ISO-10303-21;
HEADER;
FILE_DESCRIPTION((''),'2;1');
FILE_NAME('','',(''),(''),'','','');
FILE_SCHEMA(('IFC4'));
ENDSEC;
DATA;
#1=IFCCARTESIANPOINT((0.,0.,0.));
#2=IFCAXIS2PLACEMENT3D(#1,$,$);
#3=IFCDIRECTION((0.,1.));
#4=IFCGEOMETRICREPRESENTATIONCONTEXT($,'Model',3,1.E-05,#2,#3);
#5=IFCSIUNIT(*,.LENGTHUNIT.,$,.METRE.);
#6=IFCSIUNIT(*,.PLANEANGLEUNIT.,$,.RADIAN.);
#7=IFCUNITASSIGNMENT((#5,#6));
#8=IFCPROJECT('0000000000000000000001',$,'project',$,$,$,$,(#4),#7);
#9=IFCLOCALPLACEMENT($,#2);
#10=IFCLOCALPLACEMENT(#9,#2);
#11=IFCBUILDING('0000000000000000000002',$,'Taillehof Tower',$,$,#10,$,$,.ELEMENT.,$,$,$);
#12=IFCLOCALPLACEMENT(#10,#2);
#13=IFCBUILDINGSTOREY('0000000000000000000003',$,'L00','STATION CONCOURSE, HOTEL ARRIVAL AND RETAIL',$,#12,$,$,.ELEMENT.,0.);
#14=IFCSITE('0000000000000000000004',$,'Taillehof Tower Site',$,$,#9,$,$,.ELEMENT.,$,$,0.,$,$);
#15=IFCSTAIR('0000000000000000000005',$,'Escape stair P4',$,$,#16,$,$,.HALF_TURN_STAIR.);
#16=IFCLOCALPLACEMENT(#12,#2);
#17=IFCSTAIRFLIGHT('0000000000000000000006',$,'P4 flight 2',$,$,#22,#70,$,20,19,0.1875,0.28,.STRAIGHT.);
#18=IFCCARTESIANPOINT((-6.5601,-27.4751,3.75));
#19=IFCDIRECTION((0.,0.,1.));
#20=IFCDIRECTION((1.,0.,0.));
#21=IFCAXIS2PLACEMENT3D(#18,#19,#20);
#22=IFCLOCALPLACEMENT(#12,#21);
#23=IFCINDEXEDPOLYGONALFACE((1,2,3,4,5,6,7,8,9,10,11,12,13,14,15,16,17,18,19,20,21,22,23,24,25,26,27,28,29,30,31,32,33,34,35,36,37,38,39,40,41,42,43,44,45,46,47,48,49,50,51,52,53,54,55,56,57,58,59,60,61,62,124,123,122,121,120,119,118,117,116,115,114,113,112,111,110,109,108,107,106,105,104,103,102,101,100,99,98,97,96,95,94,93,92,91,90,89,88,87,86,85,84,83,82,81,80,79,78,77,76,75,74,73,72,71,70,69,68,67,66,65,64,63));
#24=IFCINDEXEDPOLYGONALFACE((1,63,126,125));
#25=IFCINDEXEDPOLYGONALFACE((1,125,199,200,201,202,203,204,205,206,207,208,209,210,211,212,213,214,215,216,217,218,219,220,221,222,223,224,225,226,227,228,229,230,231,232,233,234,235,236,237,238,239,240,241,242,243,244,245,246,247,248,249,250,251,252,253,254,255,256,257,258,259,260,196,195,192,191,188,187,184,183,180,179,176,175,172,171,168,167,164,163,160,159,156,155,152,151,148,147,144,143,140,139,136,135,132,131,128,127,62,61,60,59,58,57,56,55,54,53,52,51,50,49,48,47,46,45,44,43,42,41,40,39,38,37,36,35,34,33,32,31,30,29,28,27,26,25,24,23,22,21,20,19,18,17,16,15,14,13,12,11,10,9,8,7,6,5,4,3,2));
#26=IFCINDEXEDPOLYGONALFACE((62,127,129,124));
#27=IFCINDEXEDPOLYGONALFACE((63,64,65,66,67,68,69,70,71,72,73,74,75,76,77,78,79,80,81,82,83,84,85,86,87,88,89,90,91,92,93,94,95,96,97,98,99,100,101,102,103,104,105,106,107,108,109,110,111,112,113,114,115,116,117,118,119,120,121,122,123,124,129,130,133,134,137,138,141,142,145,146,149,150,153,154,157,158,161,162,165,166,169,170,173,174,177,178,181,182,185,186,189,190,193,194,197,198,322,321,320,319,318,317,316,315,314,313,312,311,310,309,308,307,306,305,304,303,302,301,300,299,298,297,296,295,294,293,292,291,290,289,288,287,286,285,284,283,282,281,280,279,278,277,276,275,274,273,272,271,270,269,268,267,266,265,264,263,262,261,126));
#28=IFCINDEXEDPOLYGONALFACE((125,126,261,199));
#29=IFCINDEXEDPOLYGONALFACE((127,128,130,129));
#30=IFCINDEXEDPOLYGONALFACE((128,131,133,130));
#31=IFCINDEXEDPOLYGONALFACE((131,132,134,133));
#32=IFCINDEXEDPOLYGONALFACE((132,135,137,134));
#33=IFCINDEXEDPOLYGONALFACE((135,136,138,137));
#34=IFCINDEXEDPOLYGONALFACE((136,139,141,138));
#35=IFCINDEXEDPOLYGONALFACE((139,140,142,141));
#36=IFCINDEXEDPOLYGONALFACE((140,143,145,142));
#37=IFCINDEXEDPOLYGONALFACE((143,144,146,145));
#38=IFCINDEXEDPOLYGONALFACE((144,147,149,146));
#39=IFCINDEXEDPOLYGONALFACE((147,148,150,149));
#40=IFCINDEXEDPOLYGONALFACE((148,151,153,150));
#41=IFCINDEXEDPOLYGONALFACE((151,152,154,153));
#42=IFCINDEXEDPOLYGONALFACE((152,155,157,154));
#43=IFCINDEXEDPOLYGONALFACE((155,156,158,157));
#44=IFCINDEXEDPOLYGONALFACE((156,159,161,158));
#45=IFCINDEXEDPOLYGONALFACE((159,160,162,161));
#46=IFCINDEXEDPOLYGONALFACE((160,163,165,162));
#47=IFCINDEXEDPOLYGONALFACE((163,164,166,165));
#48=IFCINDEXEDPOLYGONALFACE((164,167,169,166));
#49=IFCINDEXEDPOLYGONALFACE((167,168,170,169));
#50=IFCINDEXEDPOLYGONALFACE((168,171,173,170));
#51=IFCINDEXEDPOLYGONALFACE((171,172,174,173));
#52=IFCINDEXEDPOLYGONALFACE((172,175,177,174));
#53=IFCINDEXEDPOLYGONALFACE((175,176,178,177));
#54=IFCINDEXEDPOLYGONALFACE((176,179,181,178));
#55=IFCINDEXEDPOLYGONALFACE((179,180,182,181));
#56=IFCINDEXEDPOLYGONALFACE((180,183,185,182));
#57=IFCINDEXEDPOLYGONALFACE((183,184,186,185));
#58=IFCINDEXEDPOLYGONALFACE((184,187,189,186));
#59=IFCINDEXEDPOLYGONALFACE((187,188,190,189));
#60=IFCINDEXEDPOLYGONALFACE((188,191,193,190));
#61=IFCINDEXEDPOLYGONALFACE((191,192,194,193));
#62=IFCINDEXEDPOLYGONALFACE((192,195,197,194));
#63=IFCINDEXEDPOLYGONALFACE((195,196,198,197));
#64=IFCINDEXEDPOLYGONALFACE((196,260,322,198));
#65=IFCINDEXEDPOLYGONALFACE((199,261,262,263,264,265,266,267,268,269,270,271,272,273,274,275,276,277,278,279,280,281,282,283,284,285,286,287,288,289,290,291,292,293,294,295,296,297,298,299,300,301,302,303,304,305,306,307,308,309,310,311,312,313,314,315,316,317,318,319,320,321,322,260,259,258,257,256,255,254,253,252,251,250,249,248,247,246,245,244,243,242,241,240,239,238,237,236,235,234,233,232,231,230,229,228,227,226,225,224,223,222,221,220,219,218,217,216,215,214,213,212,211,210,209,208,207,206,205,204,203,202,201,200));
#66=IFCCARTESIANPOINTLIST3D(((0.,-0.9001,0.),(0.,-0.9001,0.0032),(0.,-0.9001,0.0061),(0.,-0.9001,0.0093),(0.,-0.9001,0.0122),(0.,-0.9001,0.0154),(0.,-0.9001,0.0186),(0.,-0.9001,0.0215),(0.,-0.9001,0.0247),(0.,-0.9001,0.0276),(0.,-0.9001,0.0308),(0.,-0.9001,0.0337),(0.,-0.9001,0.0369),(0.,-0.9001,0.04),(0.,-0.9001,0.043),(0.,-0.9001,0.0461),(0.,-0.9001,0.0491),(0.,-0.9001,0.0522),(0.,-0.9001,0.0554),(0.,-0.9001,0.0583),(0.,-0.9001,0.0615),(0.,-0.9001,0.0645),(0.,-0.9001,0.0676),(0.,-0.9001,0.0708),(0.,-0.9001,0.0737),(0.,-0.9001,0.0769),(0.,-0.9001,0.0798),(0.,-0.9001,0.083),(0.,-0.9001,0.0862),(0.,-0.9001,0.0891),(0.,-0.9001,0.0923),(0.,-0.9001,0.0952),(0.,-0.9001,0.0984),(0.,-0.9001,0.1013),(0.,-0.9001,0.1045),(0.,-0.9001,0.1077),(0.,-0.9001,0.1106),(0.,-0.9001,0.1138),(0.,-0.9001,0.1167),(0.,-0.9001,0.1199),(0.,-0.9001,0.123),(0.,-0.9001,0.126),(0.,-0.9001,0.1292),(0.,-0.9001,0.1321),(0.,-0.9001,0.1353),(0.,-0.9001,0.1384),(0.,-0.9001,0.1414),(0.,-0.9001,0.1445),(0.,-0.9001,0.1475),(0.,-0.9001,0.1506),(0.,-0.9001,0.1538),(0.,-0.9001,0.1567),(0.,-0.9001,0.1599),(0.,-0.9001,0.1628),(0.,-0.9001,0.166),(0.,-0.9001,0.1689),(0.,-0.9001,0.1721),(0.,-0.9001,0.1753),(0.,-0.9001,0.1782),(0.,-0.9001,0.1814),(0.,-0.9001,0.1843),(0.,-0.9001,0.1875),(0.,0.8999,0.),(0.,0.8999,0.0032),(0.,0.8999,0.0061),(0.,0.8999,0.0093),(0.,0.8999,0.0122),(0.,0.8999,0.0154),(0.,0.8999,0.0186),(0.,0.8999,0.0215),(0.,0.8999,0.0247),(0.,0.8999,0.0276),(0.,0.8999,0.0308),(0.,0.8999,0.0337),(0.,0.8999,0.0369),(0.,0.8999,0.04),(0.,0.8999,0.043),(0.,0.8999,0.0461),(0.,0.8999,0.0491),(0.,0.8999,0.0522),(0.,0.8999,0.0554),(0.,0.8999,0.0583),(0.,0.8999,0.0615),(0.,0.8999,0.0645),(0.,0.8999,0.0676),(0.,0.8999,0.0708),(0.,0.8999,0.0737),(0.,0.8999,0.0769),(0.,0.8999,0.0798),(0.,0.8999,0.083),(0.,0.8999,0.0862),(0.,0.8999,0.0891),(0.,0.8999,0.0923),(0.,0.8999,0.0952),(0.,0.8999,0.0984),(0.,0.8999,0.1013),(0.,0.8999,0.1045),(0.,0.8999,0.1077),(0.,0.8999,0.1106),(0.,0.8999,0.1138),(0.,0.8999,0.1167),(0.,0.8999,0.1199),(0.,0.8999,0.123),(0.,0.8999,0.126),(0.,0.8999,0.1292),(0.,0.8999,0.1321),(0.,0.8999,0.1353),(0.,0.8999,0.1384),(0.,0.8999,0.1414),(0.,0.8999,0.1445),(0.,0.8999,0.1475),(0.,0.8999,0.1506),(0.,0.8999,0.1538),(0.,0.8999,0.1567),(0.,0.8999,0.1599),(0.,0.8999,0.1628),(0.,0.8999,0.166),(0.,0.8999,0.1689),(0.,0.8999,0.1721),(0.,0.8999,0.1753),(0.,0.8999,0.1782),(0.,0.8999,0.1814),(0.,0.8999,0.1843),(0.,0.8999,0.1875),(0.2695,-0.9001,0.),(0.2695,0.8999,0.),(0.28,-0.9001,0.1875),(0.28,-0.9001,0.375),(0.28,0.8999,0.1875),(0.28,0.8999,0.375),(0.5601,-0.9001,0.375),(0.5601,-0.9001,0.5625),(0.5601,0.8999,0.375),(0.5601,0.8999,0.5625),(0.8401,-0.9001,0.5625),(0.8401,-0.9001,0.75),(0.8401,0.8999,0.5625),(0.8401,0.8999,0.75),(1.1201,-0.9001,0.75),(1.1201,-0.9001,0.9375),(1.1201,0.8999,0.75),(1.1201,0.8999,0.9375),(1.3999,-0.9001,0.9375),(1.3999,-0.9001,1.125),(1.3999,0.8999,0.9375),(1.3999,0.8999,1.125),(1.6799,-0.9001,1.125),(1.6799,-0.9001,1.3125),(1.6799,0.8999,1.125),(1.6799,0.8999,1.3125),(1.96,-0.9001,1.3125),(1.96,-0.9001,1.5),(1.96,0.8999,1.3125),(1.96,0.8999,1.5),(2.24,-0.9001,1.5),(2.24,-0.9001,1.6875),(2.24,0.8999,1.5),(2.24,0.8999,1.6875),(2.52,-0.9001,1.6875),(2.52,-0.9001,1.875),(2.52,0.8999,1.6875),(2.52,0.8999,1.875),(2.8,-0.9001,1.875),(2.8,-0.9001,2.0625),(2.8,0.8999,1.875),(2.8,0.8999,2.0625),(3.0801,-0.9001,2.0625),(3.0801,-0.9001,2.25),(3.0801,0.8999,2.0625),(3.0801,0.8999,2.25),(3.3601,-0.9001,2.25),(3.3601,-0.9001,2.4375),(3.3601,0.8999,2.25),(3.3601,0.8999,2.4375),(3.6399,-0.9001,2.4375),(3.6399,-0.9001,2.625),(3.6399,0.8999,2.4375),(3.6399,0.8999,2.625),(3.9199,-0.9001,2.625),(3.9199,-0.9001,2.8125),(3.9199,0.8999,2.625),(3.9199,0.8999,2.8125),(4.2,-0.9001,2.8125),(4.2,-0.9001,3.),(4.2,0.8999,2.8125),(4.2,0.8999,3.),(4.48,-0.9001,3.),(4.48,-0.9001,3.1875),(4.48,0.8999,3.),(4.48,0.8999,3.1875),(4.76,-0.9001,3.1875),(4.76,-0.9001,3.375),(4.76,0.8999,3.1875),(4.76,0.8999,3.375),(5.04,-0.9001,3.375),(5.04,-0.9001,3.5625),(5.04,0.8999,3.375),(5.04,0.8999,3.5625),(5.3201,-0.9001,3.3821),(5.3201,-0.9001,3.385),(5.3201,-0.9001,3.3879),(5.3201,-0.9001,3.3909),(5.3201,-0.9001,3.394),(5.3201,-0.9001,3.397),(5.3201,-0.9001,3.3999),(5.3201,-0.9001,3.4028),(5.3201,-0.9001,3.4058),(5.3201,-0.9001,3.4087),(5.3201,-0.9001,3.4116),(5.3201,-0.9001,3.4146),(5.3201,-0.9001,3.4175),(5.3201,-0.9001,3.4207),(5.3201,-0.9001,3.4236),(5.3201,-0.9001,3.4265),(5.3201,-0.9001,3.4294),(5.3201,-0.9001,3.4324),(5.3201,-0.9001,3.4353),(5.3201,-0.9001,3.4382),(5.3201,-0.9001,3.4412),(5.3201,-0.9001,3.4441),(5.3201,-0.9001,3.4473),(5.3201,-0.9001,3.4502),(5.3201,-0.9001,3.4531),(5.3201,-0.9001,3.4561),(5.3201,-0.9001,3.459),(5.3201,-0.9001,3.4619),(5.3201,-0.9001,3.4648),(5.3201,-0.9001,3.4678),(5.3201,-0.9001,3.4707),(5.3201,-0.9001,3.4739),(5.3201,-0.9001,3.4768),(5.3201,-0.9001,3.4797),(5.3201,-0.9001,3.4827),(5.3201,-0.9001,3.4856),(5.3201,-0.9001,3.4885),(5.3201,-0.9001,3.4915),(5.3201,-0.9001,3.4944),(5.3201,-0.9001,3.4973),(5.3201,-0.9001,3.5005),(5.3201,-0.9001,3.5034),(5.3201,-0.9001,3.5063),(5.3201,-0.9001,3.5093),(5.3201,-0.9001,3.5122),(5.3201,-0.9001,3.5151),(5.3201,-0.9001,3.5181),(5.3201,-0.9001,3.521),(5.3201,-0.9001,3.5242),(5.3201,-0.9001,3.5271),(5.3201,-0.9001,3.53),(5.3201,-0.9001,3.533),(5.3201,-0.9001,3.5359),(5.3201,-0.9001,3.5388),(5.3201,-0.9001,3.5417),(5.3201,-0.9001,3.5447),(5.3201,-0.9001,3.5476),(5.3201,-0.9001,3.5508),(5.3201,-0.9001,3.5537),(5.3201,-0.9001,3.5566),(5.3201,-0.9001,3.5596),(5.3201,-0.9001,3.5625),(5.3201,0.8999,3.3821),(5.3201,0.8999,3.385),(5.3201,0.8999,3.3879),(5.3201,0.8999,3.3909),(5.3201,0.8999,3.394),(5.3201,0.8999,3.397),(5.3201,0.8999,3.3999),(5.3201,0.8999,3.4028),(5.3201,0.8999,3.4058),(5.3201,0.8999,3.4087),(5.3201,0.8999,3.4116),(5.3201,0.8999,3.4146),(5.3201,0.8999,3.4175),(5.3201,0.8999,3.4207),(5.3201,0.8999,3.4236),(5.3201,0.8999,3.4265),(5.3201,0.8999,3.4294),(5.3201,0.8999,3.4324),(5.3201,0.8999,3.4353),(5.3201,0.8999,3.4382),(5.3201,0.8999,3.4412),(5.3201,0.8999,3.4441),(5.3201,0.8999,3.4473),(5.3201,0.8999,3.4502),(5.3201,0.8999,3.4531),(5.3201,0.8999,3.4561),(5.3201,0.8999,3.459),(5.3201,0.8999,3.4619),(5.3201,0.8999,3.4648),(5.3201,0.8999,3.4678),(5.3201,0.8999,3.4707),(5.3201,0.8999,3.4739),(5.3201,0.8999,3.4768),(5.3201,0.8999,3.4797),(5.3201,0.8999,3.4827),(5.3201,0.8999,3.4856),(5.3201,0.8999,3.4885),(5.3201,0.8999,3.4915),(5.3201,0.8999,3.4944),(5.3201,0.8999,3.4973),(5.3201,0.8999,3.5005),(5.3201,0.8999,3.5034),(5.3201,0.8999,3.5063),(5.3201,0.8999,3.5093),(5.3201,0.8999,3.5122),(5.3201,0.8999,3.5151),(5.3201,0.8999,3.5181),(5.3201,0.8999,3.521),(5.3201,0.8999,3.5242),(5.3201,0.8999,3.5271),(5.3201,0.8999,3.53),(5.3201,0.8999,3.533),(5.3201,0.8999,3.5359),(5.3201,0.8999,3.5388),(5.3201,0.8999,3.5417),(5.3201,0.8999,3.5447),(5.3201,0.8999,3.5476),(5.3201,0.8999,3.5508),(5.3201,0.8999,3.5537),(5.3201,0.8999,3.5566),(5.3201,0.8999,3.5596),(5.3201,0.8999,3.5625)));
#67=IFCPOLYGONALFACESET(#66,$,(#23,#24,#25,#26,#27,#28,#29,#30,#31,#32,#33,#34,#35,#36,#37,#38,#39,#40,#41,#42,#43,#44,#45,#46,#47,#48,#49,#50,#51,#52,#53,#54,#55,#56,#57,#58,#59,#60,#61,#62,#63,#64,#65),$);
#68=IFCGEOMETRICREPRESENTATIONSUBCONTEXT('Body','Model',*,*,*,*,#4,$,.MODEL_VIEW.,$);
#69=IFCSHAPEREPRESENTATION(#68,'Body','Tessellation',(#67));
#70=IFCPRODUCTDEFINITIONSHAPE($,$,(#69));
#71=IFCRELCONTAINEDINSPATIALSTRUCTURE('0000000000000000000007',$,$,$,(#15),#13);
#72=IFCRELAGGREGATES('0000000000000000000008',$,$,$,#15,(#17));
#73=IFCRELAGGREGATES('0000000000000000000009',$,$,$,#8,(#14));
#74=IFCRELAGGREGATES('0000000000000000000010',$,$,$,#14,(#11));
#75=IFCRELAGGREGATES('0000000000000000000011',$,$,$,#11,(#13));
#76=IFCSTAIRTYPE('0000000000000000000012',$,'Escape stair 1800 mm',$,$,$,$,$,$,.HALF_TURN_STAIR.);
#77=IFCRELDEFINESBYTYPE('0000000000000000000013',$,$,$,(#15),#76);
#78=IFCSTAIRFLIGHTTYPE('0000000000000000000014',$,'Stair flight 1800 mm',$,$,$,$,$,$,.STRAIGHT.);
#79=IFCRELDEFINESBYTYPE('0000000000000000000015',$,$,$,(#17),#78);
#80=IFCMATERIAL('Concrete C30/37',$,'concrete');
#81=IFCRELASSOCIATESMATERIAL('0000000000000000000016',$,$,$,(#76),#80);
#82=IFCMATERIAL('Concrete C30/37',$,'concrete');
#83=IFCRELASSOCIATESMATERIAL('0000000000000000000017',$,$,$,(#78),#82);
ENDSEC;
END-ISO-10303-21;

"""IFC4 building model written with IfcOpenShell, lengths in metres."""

from ifc_helpers import new_model, si_unit, direction, frame, origin, place, context, subcontext, project, spatial, polyline, outline, extrude, material, type_object, element, aggregate, save


model = new_model("IFC4")

# Units and contexts
model_context = context("Model", 3, precision=1e-05, world=origin(), true_north=direction((0.0, 1.0)))
body_context = subcontext(model_context, "Body", "Model", "MODEL_VIEW")
ifc_project = project(units=[si_unit("LENGTHUNIT", "METRE"), si_unit("PLANEANGLEUNIT", "RADIAN")], contexts=[model_context])

# Site, building, storey
site_placement = place(None, origin())
site = spatial("IfcSite", under=ifc_project, at=site_placement, Name="Taillehof Tower Site", CompositionType="ELEMENT", RefElevation=0.0)
building_placement = place(site_placement, origin())
building = spatial("IfcBuilding", under=site, at=building_placement, Name="Taillehof Tower", CompositionType="ELEMENT")
storey_placement = place(building_placement, origin())
storey = spatial("IfcBuildingStorey", under=building, at=storey_placement, Name="L00", Description="STATION CONCOURSE, HOTEL ARRIVAL AND RETAIL", CompositionType="ELEMENT", Elevation=0.0)

# Stair, stair flight
ifc_material_1 = material(Name="Concrete C30/37", Category="concrete")
stair_type = type_object("IfcStairType", Name="Escape stair 1800 mm", PredefinedType="HALF_TURN_STAIR", material=ifc_material_1)
stair_placement = place(storey_placement, origin())
stair = element("IfcStair", 1, at=stair_placement, inside=storey, type_object=stair_type, Name="Escape stair P4", PredefinedType="HALF_TURN_STAIR")
ifc_material_2 = material(Name="Concrete C30/37", Category="concrete")
stair_flight_type = type_object("IfcStairFlightType", Name="Stair flight 1800 mm", PredefinedType="STRAIGHT", material=ifc_material_2)
stair_flight_placement = place(storey_placement, frame((-6.5601, -27.4751, 3.75), z_axis=(0.0, 0.0, 1.0), x_axis=(1.0, 0.0, 0.0)))
stair_flight = element("IfcStairFlight", 2, at=stair_flight_placement, type_object=stair_flight_type, Name="P4 flight 2", NumberOfRisers=20, NumberOfTreads=19, PredefinedType="STRAIGHT", RiserHeight=0.1875, TreadLength=0.28, context=body_context, shape_type="SweptSolid", body=[
    extrude(outline(polyline([(0.0, 0.0), (0.0, 0.0032), (0.0, 0.0061), (0.0, 0.0093), (0.0, 0.0122), (0.0, 0.0154), (0.0, 0.0186), (0.0, 0.0215), (0.0, 0.0247), (0.0, 0.0276), (0.0, 0.0308), (0.0, 0.0337), (0.0, 0.0369), (0.0, 0.04), (0.0, 0.043), (0.0, 0.0461), (0.0, 0.0491), (0.0, 0.0522), (0.0, 0.0554), (0.0, 0.0583), (0.0, 0.0615), (0.0, 0.0645), (0.0, 0.0676), (0.0, 0.0708), (0.0, 0.0737), (0.0, 0.0769), (0.0, 0.0798), (0.0, 0.083), (0.0, 0.0862), (0.0, 0.0891), (0.0, 0.0923), (0.0, 0.0952), (0.0, 0.0984), (0.0, 0.1013), (0.0, 0.1045), (0.0, 0.1077), (0.0, 0.1106), (0.0, 0.1138), (0.0, 0.1167), (0.0, 0.1199), (0.0, 0.123), (0.0, 0.126), (0.0, 0.1292), (0.0, 0.1321), (0.0, 0.1353), (0.0, 0.1384), (0.0, 0.1414), (0.0, 0.1445), (0.0, 0.1475), (0.0, 0.1506), (0.0, 0.1538), (0.0, 0.1567), (0.0, 0.1599), (0.0, 0.1628), (0.0, 0.166), (0.0, 0.1689), (0.0, 0.1721), (0.0, 0.1753), (0.0, 0.1782), (0.0, 0.1814), (0.0, 0.1843), (0.0, 0.1875), (0.28, 0.1875), (0.28, 0.375), (0.5601, 0.375), (0.5601, 0.5625), (0.8401, 0.5625), (0.8401, 0.75), (1.1201, 0.75), (1.1201, 0.9375), (1.3999, 0.9375), (1.3999, 1.125), (1.6799, 1.125), (1.6799, 1.3125), (1.96, 1.3125), (1.96, 1.5), (2.24, 1.5), (2.24, 1.6875), (2.52, 1.6875), (2.52, 1.875), (2.8, 1.875), (2.8, 2.0625), (3.0801, 2.0625), (3.0801, 2.25), (3.3601, 2.25), (3.3601, 2.4375), (3.6399, 2.4375), (3.6399, 2.625), (3.9199, 2.625), (3.9199, 2.8125), (4.2, 2.8125), (4.2, 3.0), (4.48, 3.0), (4.48, 3.1875), (4.76, 3.1875), (4.76, 3.375), (5.04, 3.375), (5.04, 3.5625), (5.3201, 3.5625), (5.3201, 3.5596), (5.3201, 3.5566), (5.3201, 3.5537), (5.3201, 3.5508), (5.3201, 3.5476), (5.3201, 3.5447), (5.3201, 3.5417), (5.3201, 3.5388), (5.3201, 3.5359), (5.3201, 3.533), (5.3201, 3.53), (5.3201, 3.5271), (5.3201, 3.5242), (5.3201, 3.521), (5.3201, 3.5181), (5.3201, 3.5151), (5.3201, 3.5122), (5.3201, 3.5093), (5.3201, 3.5063), (5.3201, 3.5034), (5.3201, 3.5005), (5.3201, 3.4973), (5.3201, 3.4944), (5.3201, 3.4915), (5.3201, 3.4885), (5.3201, 3.4856), (5.3201, 3.4827), (5.3201, 3.4797), (5.3201, 3.4768), (5.3201, 3.4739), (5.3201, 3.4707), (5.3201, 3.4678), (5.3201, 3.4648), (5.3201, 3.4619), (5.3201, 3.459), (5.3201, 3.4561), (5.3201, 3.4531), (5.3201, 3.4502), (5.3201, 3.4473), (5.3201, 3.4441), (5.3201, 3.4412), (5.3201, 3.4382), (5.3201, 3.4353), (5.3201, 3.4324), (5.3201, 3.4294), (5.3201, 3.4265), (5.3201, 3.4236), (5.3201, 3.4207), (5.3201, 3.4175), (5.3201, 3.4146), (5.3201, 3.4116), (5.3201, 3.4087), (5.3201, 3.4058), (5.3201, 3.4028), (5.3201, 3.3999), (5.3201, 3.397), (5.3201, 3.394), (5.3201, 3.3909), (5.3201, 3.3879), (5.3201, 3.385), (5.3201, 3.3821), (0.2695, 0.0), (0.0, 0.0)])), frame((0.0, 0.8999, 0.0), z_axis=(0.0, -1.0, 0.0), x_axis=(1.0, 0.0, 0.0)), (0.0, 0.0, 1.0), 1.8),
])
aggregate(stair, [stair_flight])

save(model, "model.ifc")
